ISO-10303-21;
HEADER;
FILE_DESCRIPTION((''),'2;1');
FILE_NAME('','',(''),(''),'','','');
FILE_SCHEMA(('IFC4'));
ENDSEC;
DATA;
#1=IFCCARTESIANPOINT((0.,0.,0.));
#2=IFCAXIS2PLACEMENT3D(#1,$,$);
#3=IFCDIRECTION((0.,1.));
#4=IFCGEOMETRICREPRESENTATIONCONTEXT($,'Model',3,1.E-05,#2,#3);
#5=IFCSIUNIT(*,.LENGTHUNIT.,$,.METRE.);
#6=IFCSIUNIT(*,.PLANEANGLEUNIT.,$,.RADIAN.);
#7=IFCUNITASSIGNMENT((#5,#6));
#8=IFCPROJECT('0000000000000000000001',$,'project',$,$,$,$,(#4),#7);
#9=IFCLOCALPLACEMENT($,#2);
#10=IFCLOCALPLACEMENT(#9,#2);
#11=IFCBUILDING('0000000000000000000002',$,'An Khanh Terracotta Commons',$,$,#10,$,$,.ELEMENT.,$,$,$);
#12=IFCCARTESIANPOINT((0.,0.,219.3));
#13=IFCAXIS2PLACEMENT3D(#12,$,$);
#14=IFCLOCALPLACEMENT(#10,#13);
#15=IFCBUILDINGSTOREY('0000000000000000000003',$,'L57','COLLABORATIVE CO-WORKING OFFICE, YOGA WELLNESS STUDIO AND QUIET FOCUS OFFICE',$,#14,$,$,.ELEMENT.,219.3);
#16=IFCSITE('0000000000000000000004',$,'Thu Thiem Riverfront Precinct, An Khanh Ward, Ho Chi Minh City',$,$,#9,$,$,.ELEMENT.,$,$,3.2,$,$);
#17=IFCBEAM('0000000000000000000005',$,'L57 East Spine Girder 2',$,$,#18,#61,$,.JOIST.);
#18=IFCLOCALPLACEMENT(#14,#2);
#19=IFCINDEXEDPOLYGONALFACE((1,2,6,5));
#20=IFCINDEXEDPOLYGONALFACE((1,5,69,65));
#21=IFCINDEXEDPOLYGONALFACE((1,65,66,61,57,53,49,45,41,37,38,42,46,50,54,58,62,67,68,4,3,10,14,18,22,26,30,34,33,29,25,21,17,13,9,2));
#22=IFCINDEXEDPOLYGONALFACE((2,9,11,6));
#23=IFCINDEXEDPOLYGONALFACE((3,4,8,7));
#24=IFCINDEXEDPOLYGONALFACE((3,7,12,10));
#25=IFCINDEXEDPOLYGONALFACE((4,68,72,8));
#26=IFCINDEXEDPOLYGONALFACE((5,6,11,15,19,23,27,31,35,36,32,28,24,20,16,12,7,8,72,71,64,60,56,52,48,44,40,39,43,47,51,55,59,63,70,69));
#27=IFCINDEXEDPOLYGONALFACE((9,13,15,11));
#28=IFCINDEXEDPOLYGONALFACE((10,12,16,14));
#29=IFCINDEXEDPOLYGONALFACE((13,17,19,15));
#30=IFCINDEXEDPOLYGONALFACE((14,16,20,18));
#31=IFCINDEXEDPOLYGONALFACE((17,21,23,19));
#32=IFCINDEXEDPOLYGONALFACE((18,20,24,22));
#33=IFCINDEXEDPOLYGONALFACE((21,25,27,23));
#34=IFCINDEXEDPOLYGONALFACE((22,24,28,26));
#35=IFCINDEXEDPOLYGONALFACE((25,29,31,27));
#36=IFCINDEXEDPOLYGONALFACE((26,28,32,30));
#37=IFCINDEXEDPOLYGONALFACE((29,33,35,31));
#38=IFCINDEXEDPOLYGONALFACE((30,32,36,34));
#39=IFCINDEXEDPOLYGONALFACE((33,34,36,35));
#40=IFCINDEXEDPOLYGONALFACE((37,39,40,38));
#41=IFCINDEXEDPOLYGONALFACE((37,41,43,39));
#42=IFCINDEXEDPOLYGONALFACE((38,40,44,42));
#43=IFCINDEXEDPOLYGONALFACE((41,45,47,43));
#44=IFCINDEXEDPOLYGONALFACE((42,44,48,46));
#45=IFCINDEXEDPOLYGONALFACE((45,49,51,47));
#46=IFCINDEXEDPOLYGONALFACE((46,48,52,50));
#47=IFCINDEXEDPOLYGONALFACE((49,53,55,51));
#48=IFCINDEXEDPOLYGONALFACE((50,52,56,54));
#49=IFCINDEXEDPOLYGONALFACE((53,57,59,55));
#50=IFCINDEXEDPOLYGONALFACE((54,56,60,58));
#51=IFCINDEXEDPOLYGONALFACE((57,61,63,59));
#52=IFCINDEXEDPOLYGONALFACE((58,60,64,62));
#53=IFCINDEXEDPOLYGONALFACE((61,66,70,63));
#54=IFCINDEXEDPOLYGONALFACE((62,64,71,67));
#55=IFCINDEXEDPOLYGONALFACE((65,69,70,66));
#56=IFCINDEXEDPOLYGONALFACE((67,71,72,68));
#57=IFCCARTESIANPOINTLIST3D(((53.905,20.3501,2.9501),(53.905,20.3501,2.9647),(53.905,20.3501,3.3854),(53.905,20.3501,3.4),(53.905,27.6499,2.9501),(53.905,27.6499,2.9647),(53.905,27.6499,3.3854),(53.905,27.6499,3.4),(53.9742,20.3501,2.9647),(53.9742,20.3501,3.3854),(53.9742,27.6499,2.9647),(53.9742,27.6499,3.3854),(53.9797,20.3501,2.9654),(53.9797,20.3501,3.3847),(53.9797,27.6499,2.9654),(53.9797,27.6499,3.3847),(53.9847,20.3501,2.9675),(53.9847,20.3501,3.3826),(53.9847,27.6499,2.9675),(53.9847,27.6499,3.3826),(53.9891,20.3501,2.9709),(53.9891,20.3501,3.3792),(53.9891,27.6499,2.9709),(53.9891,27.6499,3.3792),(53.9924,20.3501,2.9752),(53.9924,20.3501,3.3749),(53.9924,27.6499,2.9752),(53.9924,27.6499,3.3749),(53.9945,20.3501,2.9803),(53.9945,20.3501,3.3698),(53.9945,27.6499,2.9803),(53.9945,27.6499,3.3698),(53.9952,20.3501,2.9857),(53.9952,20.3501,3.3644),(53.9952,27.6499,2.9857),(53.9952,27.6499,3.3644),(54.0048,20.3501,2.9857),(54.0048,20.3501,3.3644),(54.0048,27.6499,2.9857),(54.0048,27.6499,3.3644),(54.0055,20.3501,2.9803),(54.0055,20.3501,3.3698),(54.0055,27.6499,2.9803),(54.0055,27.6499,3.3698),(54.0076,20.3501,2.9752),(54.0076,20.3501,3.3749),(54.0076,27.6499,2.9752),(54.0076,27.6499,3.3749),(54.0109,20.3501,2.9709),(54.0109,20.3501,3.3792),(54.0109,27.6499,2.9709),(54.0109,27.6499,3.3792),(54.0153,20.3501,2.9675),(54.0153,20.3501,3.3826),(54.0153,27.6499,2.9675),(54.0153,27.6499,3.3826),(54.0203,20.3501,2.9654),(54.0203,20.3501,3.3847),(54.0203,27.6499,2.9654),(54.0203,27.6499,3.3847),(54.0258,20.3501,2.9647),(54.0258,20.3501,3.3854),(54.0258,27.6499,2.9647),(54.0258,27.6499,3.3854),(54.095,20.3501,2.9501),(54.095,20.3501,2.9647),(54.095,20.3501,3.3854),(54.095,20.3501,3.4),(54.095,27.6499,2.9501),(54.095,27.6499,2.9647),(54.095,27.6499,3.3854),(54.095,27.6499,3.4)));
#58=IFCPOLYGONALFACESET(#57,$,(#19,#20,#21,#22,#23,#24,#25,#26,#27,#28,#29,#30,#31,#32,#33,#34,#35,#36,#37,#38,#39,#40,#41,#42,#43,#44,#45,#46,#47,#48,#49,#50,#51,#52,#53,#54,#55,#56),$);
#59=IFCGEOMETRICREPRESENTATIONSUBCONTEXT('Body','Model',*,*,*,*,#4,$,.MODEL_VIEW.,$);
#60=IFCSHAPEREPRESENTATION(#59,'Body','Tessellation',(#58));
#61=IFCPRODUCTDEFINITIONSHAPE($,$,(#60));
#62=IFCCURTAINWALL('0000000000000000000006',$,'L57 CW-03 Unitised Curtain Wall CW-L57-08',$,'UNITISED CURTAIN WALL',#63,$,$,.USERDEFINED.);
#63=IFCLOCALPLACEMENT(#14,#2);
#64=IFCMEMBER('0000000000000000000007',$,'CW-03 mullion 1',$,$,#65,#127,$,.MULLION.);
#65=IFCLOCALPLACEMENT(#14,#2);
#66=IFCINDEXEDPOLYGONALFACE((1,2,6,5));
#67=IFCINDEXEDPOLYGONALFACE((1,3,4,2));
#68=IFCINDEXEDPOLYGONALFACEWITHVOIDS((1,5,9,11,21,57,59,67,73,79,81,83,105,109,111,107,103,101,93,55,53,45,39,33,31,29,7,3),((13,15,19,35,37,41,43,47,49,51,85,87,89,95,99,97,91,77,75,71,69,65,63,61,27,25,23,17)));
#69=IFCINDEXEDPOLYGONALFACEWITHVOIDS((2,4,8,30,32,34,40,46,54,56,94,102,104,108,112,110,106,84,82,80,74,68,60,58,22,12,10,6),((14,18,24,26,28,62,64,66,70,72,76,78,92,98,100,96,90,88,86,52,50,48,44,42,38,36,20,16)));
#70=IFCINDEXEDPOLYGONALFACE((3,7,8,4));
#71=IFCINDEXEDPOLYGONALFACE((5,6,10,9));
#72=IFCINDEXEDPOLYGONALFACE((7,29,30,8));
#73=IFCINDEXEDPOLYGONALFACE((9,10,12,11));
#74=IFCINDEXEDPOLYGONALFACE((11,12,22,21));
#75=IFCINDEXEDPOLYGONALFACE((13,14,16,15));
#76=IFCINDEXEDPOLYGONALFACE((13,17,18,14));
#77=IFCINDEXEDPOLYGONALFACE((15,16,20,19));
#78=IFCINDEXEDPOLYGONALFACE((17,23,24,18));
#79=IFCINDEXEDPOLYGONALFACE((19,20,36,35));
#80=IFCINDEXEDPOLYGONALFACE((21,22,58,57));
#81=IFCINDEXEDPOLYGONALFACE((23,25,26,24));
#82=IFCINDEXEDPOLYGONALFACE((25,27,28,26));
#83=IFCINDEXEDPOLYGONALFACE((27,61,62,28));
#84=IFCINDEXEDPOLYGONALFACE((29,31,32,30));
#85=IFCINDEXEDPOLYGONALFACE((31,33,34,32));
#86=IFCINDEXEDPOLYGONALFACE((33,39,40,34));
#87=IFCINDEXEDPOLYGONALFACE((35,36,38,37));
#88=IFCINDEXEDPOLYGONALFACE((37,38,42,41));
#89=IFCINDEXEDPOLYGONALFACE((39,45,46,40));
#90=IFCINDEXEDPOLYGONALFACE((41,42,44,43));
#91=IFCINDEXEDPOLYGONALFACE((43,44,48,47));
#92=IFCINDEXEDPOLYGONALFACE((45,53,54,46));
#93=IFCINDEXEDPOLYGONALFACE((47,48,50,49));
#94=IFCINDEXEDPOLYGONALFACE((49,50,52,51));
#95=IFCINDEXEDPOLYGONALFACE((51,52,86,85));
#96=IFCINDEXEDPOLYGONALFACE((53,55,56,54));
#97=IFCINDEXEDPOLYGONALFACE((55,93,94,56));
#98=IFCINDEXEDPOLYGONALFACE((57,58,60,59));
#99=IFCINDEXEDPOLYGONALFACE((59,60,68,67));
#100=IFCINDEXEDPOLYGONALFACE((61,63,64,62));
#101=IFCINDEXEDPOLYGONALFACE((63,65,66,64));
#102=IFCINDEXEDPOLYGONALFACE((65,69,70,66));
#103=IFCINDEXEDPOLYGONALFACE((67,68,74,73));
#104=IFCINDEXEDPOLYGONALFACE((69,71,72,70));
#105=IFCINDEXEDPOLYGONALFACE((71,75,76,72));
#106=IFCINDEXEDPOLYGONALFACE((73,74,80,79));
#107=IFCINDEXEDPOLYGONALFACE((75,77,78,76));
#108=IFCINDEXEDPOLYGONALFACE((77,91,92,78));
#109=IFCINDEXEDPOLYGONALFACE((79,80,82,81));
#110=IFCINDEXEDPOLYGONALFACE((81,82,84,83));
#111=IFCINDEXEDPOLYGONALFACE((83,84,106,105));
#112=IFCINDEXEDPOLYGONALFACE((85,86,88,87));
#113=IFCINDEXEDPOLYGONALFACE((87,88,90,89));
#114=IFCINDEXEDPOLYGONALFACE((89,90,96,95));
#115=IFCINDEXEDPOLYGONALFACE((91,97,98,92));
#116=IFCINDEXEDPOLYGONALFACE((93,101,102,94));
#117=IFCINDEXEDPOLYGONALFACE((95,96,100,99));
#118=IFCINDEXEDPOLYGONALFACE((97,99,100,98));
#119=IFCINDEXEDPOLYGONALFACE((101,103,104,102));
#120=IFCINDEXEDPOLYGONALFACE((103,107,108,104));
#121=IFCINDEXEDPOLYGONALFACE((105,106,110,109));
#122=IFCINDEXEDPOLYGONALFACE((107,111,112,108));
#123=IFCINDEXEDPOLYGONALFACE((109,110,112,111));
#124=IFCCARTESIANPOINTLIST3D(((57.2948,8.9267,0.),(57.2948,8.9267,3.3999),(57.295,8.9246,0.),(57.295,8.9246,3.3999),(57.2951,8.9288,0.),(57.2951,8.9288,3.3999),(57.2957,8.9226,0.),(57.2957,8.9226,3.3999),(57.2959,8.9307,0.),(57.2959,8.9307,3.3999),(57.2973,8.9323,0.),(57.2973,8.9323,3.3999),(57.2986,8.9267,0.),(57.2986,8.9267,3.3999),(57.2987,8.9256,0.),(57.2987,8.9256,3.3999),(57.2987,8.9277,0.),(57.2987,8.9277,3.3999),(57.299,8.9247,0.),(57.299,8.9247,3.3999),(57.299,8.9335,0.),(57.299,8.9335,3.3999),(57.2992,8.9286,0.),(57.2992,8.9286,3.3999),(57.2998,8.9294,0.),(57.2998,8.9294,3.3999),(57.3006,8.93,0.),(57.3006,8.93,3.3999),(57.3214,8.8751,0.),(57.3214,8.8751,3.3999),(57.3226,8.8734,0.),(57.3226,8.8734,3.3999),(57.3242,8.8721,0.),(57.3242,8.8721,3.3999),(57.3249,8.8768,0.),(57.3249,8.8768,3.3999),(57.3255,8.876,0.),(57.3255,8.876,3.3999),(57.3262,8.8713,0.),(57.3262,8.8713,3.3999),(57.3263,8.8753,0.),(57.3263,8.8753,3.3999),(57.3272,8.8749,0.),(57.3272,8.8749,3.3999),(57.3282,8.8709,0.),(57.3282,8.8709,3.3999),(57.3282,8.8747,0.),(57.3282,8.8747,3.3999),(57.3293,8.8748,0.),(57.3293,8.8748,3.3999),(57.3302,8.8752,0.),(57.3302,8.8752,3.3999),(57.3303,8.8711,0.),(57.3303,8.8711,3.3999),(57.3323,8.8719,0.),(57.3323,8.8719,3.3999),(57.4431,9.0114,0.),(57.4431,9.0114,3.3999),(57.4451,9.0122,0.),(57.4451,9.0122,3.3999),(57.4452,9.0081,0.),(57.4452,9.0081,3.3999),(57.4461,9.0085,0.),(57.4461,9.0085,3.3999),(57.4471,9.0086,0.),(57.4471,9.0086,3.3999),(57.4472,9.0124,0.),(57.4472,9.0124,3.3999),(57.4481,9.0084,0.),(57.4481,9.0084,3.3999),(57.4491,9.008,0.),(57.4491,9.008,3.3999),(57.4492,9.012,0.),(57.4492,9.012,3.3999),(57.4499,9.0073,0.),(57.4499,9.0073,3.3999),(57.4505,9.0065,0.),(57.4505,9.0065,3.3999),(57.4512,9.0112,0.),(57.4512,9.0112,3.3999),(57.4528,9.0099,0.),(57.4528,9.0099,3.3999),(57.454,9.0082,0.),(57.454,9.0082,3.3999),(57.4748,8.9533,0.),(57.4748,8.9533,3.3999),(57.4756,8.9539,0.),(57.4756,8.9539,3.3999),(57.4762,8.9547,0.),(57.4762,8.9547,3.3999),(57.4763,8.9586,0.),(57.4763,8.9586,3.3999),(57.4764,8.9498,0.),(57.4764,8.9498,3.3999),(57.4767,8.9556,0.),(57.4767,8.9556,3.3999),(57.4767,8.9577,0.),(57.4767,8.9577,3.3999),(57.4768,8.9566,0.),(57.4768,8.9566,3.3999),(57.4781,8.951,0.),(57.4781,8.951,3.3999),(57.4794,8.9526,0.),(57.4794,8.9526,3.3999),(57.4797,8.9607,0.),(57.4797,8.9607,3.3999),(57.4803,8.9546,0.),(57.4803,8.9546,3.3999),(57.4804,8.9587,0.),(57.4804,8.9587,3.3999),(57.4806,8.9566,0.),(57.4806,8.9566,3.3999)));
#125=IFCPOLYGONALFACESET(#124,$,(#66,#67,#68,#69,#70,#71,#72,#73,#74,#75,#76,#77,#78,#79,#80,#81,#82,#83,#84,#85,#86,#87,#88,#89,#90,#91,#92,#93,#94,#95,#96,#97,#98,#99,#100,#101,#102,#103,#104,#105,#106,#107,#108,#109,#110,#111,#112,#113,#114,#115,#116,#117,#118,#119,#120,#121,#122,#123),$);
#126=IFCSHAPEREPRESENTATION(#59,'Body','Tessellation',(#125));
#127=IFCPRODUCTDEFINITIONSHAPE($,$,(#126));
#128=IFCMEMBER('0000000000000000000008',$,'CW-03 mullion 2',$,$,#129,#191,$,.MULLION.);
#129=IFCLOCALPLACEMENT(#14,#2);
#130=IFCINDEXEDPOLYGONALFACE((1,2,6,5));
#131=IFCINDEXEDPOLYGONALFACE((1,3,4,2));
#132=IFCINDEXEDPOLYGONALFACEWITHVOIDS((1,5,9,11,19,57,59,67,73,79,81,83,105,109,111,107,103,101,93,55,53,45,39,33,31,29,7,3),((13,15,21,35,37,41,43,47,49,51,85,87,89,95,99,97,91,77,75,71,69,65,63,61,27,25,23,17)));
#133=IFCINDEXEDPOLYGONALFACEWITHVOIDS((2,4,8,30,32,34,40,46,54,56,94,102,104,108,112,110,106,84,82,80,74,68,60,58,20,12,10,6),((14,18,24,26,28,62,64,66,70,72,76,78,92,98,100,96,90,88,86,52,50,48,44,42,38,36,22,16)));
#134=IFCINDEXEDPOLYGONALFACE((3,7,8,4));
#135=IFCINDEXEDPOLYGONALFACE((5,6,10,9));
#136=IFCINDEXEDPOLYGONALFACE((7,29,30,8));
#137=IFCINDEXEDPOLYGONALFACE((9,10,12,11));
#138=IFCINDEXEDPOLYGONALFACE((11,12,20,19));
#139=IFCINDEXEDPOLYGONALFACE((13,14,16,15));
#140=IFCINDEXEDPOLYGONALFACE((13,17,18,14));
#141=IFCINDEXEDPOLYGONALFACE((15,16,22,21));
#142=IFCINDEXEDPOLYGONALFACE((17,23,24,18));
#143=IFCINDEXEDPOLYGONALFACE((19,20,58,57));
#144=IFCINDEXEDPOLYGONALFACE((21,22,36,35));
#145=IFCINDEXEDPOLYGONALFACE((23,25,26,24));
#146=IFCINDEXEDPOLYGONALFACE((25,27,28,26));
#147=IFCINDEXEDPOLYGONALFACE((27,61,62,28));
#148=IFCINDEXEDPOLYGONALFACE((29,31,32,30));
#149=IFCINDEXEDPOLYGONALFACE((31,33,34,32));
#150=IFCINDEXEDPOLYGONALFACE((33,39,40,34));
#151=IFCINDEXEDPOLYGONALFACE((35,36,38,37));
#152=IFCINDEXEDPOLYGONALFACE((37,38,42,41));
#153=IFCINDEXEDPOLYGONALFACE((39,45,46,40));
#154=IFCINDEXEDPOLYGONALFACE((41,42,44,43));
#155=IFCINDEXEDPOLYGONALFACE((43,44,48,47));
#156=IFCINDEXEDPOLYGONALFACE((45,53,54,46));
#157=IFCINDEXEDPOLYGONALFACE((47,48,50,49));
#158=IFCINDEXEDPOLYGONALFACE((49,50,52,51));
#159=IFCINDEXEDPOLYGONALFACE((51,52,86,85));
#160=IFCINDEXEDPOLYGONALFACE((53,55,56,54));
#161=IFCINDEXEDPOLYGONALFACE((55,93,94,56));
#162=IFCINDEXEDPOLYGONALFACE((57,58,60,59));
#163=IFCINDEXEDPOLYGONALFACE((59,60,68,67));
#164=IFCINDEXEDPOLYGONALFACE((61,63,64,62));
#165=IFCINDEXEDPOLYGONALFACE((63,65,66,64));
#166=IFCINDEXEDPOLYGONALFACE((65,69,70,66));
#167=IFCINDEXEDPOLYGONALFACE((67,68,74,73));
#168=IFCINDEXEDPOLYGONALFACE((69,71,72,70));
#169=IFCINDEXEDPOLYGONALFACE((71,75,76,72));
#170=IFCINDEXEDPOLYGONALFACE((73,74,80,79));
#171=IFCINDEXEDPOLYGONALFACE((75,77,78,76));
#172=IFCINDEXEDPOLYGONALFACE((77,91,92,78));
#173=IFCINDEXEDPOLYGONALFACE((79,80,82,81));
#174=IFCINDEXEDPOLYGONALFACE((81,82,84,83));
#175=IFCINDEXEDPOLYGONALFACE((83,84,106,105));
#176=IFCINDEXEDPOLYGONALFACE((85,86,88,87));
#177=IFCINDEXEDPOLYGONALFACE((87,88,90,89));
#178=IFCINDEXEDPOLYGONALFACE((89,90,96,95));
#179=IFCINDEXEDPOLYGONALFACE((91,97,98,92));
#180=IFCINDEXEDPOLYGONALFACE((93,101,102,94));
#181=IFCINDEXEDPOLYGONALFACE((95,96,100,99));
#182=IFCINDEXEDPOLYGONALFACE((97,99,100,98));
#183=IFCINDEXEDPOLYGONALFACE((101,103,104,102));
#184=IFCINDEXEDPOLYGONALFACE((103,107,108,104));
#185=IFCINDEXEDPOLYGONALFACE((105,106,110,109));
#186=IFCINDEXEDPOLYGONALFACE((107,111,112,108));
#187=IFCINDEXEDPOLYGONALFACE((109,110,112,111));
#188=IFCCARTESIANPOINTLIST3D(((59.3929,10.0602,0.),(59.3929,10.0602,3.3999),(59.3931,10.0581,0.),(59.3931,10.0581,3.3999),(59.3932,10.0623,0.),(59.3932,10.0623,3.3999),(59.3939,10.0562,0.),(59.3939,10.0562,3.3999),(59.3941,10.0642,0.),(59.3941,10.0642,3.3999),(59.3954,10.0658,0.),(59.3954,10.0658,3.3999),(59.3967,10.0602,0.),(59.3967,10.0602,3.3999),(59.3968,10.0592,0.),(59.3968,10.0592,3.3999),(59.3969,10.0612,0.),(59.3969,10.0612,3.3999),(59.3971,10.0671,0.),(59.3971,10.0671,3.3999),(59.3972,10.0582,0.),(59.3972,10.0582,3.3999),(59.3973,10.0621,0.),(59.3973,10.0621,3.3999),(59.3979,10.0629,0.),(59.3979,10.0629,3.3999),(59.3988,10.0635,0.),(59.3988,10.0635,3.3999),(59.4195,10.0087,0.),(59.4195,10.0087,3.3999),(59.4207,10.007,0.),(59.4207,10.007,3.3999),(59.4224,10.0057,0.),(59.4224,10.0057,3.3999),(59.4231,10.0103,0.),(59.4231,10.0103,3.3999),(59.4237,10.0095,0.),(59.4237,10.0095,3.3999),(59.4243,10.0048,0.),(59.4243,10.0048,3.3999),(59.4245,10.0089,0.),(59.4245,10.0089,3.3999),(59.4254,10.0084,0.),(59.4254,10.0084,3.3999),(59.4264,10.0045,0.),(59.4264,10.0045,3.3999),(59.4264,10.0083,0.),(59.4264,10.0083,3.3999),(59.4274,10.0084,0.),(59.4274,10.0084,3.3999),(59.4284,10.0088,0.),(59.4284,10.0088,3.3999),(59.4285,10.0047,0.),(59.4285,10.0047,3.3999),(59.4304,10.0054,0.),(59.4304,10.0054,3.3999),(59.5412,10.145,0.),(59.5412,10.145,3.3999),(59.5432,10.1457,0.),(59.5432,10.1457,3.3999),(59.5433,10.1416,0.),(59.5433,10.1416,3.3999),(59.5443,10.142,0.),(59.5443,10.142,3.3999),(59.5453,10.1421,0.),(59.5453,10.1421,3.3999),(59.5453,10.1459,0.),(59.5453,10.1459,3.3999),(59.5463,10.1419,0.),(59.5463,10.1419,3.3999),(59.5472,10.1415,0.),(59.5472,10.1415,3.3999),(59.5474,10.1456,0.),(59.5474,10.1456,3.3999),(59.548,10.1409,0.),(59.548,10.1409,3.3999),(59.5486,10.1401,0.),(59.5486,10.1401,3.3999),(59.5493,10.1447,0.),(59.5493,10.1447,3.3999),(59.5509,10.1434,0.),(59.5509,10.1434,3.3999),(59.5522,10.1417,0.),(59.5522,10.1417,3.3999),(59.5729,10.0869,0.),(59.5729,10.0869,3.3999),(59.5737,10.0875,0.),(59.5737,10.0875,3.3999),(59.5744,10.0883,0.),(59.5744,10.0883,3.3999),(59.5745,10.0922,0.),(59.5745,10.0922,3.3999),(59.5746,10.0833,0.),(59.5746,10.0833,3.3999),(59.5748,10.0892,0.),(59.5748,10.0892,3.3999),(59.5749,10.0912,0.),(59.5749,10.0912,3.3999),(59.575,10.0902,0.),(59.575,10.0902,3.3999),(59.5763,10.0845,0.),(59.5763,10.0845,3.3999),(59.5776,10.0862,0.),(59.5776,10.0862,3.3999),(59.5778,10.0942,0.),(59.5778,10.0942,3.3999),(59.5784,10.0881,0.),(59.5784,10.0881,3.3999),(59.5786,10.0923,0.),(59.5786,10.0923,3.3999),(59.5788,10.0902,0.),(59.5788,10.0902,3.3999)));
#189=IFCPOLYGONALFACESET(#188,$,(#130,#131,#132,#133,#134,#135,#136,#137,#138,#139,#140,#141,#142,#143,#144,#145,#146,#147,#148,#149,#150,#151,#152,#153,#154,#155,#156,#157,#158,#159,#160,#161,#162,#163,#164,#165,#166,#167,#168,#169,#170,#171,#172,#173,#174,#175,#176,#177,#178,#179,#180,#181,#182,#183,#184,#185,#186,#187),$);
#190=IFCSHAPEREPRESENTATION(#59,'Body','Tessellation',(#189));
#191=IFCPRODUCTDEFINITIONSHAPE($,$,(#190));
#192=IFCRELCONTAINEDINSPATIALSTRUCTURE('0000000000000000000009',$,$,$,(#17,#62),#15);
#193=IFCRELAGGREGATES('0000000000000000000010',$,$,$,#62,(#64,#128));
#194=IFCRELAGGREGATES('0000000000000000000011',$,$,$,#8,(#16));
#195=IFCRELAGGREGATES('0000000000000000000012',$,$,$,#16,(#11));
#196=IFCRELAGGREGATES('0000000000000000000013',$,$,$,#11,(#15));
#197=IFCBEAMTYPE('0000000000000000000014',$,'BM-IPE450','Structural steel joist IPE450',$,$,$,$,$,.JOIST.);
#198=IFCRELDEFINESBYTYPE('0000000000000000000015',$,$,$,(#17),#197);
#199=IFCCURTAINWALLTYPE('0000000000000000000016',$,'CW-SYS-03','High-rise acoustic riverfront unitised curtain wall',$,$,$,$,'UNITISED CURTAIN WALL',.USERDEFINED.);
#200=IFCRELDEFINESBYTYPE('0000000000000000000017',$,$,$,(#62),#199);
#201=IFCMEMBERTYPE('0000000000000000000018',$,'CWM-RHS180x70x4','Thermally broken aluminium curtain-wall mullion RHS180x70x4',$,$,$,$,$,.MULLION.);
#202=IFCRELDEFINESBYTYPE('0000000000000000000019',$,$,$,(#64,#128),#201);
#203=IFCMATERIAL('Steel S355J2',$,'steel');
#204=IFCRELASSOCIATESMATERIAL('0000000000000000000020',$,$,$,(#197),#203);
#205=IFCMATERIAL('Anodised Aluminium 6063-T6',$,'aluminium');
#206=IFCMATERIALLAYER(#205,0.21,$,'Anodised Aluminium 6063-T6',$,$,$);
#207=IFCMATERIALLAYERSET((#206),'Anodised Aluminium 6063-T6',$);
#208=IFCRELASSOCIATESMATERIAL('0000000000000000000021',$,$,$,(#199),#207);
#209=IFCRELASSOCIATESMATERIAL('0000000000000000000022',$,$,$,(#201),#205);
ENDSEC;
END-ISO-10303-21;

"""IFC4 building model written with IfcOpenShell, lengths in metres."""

from ifc_helpers import new_model, si_unit, direction, frame, origin, origin_2d, place, context, subcontext, project, spatial, hollow_rectangle, i_section, extrude, material, layer, layer_set, material_profile, profile_set, type_object, element, aggregate, save


model = new_model("IFC4")

# Units and contexts
model_context = context("Model", 3, precision=1e-05, world=origin(), true_north=direction((0.0, 1.0)))
body_context = subcontext(model_context, "Body", "Model", "MODEL_VIEW")
ifc_project = project(units=[si_unit("LENGTHUNIT", "METRE"), si_unit("PLANEANGLEUNIT", "RADIAN")], contexts=[model_context])

# Site, building, storey
site_placement = place(None, origin())
site = spatial("IfcSite", under=ifc_project, at=site_placement, Name="Thu Thiem Riverfront Precinct, An Khanh Ward, Ho Chi Minh City", CompositionType="ELEMENT", RefElevation=3.2)
building_placement = place(site_placement, origin())
building = spatial("IfcBuilding", under=site, at=building_placement, Name="An Khanh Terracotta Commons", CompositionType="ELEMENT")
storey_placement = place(building_placement, frame((0.0, 0.0, 219.3)))
storey = spatial("IfcBuildingStorey", under=building, at=storey_placement, Name="L57", Description="COLLABORATIVE CO-WORKING OFFICE, YOGA WELLNESS STUDIO AND QUIET FOCUS OFFICE", CompositionType="ELEMENT", Elevation=219.3)

# Beam
ifc_material_1 = material(Name="Steel S355J2", Category="steel")
ifc_material_profile_1 = material_profile(ifc_material_1, i_section(OverallWidth=0.1899, OverallDepth=0.45, WebThickness=0.0095, FlangeThickness=0.0146, FilletRadius=0.021, at=origin_2d()), Name="IPE450")
ifc_profile_set_1 = profile_set([ifc_material_profile_1], Name="Steel S355J2")
beam_type_1 = type_object("IfcBeamType", Name="BM-IPE450", Description="Structural steel joist IPE450", PredefinedType="JOIST", material=ifc_profile_set_1)
beam_1_placement = place(storey_placement, frame((54.0, 20.3501, 3.175), z_axis=(0.0, 1.0, 0.0), x_axis=(-1.0, 0.0, 0.0)))
element("IfcBeam", 1, at=beam_1_placement, inside=storey, type_object=beam_type_1, Name="L57 East Spine Girder 2", PredefinedType="JOIST", context=body_context, shape_type="SweptSolid", body=[
    extrude(i_section(OverallWidth=0.1899, OverallDepth=0.45, WebThickness=0.0095, FlangeThickness=0.0146, FilletRadius=0.021, at=origin_2d()), origin(), (0.0, 0.0, 1.0), 7.2998),
])

# Curtain wall, members
ifc_material_2 = material(Name="Anodised Aluminium 6063-T6", Category="aluminium")
ifc_layer_1 = layer(ifc_material_2, 0.21, Name="Anodised Aluminium 6063-T6")
ifc_layer_set_1 = layer_set([ifc_layer_1], Name="Anodised Aluminium 6063-T6")
curtain_wall_type = type_object("IfcCurtainWallType", Name="CW-SYS-03", Description="High-rise acoustic riverfront unitised curtain wall", ElementType="UNITISED CURTAIN WALL", PredefinedType="USERDEFINED", material=ifc_layer_set_1)
curtain_wall_placement = place(storey_placement, origin())
curtain_wall = element("IfcCurtainWall", 2, at=curtain_wall_placement, inside=storey, type_object=curtain_wall_type, Name="L57 CW-03 Unitised Curtain Wall CW-L57-08", ObjectType="UNITISED CURTAIN WALL", PredefinedType="USERDEFINED")
ifc_material_profile_2 = material_profile(ifc_material_2, hollow_rectangle(XDim=0.0701, YDim=0.1799, WallThickness=0.0039, InnerFilletRadius=0.0039, OuterFilletRadius=0.0081, at=origin_2d()), Name="RHS180x70x4")
ifc_profile_set_2 = profile_set([ifc_material_profile_2], Name="Anodised Aluminium 6063-T6")
member_type_1 = type_object("IfcMemberType", Name="CWM-RHS180x70x4", Description="Thermally broken aluminium curtain-wall mullion RHS180x70x4", PredefinedType="MULLION", material=ifc_profile_set_2)
member_1_placement = place(storey_placement, frame((57.3877, 8.9417, 0.0), z_axis=(0.0, 0.0, 1.0), x_axis=(-0.475381, 0.87978, 0.0)))
member_1 = element("IfcMember", 3, at=member_1_placement, type_object=member_type_1, Name="CW-03 mullion 1", PredefinedType="MULLION", context=body_context, shape_type="SweptSolid", body=[
    extrude(hollow_rectangle(XDim=0.0701, YDim=0.1799, WallThickness=0.0039, InnerFilletRadius=0.0039, OuterFilletRadius=0.0081, at=origin_2d()), origin(), (0.0, 0.0, 1.0), 3.3999),
])
member_2_placement = place(storey_placement, frame((59.4858, 10.0752, 0.0), z_axis=(0.0, 0.0, 1.0), x_axis=(-0.475381, 0.87978, 0.0)))
member_2 = element("IfcMember", 4, at=member_2_placement, type_object=member_type_1, Name="CW-03 mullion 2", PredefinedType="MULLION", context=body_context, shape_type="SweptSolid", body=[
    extrude(hollow_rectangle(XDim=0.0701, YDim=0.1799, WallThickness=0.0039, InnerFilletRadius=0.0039, OuterFilletRadius=0.0081, at=origin_2d()), origin(), (0.0, 0.0, 1.0), 3.3999),
])
aggregate(curtain_wall, [member_1, member_2])

save(model, "model.ifc")
